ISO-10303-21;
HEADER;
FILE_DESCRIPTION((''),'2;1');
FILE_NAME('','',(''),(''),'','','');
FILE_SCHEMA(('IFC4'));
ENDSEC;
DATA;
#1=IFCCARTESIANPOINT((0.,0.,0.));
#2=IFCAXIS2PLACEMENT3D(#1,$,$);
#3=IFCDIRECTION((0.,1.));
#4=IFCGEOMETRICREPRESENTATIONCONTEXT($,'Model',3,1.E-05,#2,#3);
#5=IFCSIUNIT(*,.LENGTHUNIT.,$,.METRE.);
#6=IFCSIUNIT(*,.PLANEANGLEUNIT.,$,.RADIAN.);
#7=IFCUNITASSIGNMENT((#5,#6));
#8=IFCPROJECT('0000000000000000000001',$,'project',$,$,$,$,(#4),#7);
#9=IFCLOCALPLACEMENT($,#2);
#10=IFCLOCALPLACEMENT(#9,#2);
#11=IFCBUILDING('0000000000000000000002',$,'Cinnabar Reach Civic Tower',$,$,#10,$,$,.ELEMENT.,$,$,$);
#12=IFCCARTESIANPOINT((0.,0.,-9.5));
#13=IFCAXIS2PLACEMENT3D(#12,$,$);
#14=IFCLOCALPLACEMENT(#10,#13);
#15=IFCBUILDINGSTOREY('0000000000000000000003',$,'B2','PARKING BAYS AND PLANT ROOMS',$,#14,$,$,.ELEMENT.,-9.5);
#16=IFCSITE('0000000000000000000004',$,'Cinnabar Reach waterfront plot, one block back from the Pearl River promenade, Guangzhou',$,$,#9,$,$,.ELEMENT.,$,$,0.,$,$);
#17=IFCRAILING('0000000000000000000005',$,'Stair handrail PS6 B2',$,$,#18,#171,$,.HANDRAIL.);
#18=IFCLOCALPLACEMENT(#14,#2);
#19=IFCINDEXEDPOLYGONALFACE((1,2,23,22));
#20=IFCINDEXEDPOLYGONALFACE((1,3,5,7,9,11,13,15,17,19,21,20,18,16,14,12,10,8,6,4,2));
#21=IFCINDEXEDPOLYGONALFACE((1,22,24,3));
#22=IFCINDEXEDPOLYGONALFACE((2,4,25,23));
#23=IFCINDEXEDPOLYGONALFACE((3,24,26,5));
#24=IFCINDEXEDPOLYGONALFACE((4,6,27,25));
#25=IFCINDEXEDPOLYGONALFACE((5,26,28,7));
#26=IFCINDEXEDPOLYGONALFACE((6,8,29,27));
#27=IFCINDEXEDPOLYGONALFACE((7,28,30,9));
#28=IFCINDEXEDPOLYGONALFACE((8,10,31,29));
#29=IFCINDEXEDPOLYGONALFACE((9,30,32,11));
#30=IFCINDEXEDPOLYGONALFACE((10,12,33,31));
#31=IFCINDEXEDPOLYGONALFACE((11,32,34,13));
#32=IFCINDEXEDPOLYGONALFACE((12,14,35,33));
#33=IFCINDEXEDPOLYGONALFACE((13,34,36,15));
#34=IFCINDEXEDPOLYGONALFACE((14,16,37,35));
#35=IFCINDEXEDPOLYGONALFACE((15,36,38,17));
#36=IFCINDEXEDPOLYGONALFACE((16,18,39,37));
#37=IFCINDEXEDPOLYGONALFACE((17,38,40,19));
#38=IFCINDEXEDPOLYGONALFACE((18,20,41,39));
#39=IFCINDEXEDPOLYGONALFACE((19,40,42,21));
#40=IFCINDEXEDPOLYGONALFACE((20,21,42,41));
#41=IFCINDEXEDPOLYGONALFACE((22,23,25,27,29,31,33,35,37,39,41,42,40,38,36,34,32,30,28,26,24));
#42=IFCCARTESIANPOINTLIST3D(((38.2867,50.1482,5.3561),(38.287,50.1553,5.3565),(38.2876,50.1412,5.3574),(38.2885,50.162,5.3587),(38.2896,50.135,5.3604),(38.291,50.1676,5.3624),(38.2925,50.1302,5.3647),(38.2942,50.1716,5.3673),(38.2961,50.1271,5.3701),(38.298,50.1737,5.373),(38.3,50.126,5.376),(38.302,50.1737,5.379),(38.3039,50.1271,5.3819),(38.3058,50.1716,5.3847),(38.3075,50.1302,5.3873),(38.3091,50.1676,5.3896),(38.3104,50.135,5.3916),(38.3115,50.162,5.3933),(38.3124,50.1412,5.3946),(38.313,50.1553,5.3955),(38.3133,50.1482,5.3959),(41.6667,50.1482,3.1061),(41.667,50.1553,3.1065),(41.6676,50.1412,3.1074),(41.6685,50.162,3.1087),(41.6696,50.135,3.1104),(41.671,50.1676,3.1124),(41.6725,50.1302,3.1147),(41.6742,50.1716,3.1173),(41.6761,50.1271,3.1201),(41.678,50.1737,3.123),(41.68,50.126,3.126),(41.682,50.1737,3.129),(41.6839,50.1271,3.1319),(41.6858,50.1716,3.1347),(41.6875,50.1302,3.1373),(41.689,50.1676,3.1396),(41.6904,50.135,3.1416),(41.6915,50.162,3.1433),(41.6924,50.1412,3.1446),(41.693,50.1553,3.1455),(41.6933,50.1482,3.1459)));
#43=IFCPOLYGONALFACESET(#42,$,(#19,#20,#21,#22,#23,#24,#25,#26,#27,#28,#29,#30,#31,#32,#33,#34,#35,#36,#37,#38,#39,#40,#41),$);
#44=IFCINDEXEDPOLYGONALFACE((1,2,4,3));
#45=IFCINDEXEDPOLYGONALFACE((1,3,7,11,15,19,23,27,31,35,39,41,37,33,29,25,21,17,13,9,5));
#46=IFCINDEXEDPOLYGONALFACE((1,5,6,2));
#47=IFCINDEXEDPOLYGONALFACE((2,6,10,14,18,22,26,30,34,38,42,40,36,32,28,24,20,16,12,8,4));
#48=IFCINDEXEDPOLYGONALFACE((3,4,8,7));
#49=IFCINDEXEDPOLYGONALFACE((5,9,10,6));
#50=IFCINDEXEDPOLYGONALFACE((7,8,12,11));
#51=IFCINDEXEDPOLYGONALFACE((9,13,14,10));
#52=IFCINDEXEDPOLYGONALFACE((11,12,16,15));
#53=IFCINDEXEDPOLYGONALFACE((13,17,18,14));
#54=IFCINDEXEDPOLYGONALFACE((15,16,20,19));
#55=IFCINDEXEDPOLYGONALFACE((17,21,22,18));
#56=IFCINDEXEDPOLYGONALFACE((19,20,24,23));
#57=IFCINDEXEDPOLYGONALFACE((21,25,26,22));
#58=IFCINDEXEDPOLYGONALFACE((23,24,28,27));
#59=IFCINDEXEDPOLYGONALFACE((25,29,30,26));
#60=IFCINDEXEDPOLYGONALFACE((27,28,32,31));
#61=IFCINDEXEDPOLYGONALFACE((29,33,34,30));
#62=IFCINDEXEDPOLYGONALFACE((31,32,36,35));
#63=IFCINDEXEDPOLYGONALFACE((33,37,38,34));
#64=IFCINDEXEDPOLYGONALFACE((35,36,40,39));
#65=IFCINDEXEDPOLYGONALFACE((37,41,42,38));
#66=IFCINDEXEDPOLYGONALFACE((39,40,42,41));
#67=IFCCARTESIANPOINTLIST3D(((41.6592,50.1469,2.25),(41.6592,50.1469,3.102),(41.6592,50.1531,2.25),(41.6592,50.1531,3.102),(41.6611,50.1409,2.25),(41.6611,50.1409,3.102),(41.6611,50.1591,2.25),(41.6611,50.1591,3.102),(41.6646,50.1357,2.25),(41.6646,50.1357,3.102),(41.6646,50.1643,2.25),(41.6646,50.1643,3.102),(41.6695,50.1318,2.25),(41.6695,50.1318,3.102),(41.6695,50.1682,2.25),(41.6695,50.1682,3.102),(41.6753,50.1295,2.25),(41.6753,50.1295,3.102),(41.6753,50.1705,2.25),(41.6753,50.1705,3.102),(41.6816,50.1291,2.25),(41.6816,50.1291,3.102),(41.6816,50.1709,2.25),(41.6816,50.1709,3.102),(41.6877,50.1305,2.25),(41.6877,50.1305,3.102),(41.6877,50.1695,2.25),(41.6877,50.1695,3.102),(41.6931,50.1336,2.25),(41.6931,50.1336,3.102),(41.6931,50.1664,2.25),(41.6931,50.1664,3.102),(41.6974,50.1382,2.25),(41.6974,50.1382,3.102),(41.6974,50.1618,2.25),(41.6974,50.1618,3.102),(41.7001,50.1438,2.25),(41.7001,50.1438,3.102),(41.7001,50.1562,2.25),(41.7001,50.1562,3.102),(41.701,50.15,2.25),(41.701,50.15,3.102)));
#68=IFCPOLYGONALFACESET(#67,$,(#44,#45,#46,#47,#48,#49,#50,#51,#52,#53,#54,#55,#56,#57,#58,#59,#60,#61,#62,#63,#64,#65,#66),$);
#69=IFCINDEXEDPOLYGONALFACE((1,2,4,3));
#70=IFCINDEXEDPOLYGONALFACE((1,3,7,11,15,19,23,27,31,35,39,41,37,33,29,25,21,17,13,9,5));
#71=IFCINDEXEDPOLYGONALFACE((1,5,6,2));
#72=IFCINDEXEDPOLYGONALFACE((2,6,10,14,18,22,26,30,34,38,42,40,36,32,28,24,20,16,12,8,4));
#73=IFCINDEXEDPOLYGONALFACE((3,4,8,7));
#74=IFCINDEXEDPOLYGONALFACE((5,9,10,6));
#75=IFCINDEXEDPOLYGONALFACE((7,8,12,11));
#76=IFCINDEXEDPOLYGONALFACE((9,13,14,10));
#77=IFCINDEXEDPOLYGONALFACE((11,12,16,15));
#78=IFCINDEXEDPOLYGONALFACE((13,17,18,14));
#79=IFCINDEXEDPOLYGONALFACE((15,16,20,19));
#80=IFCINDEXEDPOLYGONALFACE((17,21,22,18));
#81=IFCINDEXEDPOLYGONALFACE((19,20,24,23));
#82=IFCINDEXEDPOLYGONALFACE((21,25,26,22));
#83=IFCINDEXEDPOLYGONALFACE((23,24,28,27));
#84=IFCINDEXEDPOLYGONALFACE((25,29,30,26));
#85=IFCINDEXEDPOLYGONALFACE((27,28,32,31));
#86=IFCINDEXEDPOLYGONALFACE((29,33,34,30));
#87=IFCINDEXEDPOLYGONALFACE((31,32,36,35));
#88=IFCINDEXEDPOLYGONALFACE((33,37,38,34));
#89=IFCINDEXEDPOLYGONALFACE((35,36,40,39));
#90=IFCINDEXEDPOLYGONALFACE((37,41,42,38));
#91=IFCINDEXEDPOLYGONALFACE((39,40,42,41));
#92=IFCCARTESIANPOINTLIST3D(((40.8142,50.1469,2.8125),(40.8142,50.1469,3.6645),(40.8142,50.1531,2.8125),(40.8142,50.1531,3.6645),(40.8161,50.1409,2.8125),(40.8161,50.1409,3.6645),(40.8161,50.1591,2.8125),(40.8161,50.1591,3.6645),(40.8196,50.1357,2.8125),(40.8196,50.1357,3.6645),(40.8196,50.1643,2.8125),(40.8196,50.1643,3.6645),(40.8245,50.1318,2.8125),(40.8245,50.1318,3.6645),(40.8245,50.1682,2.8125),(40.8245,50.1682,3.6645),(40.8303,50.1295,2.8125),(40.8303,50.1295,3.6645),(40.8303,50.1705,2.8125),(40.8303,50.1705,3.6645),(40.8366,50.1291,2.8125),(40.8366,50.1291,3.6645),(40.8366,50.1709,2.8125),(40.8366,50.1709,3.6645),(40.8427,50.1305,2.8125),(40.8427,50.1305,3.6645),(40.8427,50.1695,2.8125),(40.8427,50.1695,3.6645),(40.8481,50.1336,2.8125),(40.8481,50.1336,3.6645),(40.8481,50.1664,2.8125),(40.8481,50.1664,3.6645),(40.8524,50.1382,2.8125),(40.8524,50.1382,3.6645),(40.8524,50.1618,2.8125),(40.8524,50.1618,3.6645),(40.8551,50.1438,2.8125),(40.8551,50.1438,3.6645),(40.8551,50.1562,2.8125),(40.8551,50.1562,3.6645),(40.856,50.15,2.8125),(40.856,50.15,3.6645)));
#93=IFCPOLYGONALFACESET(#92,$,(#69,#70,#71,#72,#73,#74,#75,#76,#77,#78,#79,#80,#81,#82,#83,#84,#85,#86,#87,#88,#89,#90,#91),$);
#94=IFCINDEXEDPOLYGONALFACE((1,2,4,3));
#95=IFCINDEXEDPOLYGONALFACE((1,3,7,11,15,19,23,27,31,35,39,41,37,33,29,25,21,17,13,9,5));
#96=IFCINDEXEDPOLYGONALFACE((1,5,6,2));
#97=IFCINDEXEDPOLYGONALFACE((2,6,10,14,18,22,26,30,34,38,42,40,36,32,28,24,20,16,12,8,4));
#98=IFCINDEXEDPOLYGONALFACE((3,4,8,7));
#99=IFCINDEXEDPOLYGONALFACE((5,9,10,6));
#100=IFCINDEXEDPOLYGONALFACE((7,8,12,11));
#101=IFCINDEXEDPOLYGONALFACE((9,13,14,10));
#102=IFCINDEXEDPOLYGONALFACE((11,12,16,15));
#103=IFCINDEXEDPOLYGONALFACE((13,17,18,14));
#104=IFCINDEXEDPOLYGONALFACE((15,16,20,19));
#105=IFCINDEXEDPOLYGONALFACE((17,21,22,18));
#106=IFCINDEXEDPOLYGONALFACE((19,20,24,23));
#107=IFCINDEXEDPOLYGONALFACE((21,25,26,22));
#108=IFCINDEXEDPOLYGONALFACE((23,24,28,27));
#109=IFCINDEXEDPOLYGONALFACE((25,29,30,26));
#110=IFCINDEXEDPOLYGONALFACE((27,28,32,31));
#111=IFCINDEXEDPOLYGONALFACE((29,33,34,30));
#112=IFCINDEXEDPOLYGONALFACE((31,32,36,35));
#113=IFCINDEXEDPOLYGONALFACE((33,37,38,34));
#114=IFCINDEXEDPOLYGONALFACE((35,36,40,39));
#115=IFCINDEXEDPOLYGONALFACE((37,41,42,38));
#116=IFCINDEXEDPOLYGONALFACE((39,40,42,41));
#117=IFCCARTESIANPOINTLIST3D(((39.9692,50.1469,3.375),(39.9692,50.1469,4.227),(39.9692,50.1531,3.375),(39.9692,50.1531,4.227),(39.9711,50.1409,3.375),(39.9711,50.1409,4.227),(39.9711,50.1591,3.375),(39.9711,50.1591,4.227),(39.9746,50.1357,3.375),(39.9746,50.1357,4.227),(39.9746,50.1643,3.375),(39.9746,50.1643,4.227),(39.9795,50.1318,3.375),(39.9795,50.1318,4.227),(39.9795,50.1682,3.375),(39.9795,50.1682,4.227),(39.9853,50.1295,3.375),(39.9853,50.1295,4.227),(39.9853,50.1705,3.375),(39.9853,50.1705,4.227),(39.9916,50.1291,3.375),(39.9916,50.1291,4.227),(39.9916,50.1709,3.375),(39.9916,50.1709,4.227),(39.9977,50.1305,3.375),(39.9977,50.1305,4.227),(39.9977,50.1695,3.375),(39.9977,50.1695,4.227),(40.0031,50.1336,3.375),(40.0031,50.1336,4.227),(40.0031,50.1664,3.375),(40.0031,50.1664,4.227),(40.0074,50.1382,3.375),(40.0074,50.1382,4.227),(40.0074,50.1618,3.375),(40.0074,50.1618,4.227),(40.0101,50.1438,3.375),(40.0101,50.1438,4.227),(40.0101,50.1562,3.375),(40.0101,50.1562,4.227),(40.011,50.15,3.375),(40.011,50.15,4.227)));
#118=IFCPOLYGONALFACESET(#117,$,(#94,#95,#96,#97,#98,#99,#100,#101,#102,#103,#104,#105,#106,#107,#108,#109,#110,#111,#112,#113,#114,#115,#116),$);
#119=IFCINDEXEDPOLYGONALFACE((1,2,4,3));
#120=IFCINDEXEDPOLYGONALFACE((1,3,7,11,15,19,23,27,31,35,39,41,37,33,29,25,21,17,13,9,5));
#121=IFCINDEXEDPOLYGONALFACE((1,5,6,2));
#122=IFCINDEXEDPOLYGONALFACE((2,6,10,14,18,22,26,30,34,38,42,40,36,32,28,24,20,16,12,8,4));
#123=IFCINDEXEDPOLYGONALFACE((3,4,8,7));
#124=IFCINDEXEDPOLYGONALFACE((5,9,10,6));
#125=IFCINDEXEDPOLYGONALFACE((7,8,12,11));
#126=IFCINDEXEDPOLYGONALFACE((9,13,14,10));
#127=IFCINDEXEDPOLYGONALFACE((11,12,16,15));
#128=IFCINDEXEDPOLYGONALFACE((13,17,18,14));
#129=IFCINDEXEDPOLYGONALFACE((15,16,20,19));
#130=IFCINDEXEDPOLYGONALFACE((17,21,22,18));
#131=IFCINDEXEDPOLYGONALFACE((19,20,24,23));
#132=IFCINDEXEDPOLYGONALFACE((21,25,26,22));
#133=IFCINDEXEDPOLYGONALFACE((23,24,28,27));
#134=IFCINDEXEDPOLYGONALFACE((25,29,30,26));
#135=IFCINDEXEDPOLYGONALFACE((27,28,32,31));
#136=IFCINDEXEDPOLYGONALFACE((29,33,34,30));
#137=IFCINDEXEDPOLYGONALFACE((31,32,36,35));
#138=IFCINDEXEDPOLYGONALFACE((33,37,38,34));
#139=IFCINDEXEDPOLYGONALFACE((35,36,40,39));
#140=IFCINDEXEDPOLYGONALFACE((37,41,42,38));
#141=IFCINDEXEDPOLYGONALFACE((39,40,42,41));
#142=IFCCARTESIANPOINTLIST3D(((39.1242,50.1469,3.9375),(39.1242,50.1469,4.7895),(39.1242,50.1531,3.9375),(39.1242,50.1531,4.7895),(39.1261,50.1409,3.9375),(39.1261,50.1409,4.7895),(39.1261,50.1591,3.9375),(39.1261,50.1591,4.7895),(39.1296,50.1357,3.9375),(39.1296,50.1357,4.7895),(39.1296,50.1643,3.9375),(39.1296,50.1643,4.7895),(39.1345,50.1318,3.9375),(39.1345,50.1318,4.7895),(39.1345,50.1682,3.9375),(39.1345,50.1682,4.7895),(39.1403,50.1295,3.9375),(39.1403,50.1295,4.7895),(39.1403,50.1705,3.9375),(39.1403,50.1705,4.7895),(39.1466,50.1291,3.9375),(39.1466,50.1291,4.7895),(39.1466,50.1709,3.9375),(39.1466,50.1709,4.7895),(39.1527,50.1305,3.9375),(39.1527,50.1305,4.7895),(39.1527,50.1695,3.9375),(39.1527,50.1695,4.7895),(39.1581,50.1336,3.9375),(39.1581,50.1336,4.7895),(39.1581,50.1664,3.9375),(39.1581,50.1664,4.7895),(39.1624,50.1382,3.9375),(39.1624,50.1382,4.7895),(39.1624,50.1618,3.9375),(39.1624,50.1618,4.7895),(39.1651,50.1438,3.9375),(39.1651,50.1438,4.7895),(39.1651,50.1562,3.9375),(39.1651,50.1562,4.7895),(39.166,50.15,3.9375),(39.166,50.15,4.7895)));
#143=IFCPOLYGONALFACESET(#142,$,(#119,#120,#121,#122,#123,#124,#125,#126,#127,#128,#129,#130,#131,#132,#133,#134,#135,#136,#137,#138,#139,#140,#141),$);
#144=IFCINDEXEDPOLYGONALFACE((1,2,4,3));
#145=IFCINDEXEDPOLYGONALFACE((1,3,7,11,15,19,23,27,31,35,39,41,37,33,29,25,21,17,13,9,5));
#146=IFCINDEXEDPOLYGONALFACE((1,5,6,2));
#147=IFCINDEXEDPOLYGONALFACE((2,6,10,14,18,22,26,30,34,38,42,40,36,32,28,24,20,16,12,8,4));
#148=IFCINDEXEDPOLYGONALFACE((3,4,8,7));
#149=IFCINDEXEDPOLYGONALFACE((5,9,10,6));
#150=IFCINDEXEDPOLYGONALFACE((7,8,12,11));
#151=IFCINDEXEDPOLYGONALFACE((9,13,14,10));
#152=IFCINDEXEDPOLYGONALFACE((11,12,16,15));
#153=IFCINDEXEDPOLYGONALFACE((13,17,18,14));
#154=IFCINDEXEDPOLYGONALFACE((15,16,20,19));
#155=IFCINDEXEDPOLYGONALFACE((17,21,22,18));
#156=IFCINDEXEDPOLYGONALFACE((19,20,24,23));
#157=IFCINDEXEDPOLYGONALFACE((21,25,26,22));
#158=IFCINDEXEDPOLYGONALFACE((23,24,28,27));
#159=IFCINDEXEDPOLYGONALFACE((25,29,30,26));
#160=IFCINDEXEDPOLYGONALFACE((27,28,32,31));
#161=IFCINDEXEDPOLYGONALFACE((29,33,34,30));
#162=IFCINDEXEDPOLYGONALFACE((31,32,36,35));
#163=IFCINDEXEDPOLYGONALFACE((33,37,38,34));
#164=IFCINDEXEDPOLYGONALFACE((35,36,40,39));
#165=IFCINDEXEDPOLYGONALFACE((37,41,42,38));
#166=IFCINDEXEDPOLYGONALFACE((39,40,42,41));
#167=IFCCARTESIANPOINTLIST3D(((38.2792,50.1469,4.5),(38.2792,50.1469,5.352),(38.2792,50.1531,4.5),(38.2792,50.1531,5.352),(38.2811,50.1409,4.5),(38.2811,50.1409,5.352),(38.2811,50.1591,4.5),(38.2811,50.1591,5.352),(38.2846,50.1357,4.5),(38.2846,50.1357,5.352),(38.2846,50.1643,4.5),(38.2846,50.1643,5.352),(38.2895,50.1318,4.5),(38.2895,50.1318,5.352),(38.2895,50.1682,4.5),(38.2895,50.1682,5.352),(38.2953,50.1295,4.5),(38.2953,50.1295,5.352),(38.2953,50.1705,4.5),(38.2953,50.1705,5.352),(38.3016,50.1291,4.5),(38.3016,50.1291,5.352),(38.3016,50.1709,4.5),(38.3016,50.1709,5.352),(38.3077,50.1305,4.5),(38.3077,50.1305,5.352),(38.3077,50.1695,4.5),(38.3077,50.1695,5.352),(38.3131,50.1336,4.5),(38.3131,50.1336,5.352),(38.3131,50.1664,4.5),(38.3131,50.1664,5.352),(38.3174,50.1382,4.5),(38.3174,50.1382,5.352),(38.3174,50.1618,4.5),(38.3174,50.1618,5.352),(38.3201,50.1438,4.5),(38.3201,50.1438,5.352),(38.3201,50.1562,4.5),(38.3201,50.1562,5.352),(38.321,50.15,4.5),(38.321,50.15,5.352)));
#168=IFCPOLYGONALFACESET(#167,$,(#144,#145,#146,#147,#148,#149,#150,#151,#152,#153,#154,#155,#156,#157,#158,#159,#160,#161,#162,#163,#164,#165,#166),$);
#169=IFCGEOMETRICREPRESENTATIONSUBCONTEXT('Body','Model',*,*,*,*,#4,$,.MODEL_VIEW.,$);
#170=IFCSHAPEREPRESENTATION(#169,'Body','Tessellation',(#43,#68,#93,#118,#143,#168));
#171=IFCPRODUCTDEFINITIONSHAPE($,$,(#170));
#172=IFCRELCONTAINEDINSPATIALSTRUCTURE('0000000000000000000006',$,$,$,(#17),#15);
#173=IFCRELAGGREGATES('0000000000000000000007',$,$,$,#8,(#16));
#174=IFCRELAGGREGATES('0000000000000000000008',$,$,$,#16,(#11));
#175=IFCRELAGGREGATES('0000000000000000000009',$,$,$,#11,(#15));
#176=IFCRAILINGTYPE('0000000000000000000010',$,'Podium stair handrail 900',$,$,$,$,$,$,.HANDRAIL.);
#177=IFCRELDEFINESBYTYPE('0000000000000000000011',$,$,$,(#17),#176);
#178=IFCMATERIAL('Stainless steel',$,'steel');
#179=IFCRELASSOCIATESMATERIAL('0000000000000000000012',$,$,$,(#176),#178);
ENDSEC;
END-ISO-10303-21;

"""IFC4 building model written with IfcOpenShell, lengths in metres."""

from ifc_helpers import new_model, si_unit, direction, frame, origin, origin_2d, place, context, subcontext, project, spatial, circle, extrude, material, type_object, element, save


model = new_model("IFC4")

# Units and contexts
model_context = context("Model", 3, precision=1e-05, world=origin(), true_north=direction((0.0, 1.0)))
body_context = subcontext(model_context, "Body", "Model", "MODEL_VIEW")
ifc_project = project(units=[si_unit("LENGTHUNIT", "METRE"), si_unit("PLANEANGLEUNIT", "RADIAN")], contexts=[model_context])

# Site, building, storey
site_placement = place(None, origin())
site = spatial("IfcSite", under=ifc_project, at=site_placement, Name="Cinnabar Reach waterfront plot, one block back from the Pearl River promenade, Guangzhou", CompositionType="ELEMENT", RefElevation=0.0)
building_placement = place(site_placement, origin())
building = spatial("IfcBuilding", under=site, at=building_placement, Name="Cinnabar Reach Civic Tower", CompositionType="ELEMENT")
storey_placement = place(building_placement, frame((0.0, 0.0, -9.5)))
storey = spatial("IfcBuildingStorey", under=building, at=storey_placement, Name="B2", Description="PARKING BAYS AND PLANT ROOMS", CompositionType="ELEMENT", Elevation=-9.5)

# Railing
ifc_material_1 = material(Name="Stainless steel", Category="steel")
railing_type_1 = type_object("IfcRailingType", Name="Podium stair handrail 900", PredefinedType="HANDRAIL", material=ifc_material_1)
railing_1_placement = place(storey_placement, frame((41.68, 50.15, 2.25)))
element("IfcRailing", 1, at=railing_1_placement, inside=storey, type_object=railing_type_1, Name="Stair handrail PS6 B2", PredefinedType="HANDRAIL", context=body_context, shape_type="SweptSolid", body=[
    extrude(circle(Radius=0.024, at=origin_2d()), frame((0.0, 0.0, 0.876), z_axis=(-0.832429, 0.0, 0.554132), x_axis=(0.0, -1.0, 0.0)), (0.0, 0.0, 1.0), 4.0604),
    extrude(circle(Radius=0.021, at=origin_2d()), origin(), (0.0, 0.0, 1.0), 0.852),
    extrude(circle(Radius=0.021, at=origin_2d()), frame((-0.845, 0.0, 0.5625)), (0.0, 0.0, 1.0), 0.852),
    extrude(circle(Radius=0.021, at=origin_2d()), frame((-1.69, 0.0, 1.125)), (0.0, 0.0, 1.0), 0.852),
    extrude(circle(Radius=0.021, at=origin_2d()), frame((-2.535, 0.0, 1.6875)), (0.0, 0.0, 1.0), 0.852),
    extrude(circle(Radius=0.021, at=origin_2d()), frame((-3.38, 0.0, 2.25)), (0.0, 0.0, 1.0), 0.852),
])

save(model, "model.ifc")
